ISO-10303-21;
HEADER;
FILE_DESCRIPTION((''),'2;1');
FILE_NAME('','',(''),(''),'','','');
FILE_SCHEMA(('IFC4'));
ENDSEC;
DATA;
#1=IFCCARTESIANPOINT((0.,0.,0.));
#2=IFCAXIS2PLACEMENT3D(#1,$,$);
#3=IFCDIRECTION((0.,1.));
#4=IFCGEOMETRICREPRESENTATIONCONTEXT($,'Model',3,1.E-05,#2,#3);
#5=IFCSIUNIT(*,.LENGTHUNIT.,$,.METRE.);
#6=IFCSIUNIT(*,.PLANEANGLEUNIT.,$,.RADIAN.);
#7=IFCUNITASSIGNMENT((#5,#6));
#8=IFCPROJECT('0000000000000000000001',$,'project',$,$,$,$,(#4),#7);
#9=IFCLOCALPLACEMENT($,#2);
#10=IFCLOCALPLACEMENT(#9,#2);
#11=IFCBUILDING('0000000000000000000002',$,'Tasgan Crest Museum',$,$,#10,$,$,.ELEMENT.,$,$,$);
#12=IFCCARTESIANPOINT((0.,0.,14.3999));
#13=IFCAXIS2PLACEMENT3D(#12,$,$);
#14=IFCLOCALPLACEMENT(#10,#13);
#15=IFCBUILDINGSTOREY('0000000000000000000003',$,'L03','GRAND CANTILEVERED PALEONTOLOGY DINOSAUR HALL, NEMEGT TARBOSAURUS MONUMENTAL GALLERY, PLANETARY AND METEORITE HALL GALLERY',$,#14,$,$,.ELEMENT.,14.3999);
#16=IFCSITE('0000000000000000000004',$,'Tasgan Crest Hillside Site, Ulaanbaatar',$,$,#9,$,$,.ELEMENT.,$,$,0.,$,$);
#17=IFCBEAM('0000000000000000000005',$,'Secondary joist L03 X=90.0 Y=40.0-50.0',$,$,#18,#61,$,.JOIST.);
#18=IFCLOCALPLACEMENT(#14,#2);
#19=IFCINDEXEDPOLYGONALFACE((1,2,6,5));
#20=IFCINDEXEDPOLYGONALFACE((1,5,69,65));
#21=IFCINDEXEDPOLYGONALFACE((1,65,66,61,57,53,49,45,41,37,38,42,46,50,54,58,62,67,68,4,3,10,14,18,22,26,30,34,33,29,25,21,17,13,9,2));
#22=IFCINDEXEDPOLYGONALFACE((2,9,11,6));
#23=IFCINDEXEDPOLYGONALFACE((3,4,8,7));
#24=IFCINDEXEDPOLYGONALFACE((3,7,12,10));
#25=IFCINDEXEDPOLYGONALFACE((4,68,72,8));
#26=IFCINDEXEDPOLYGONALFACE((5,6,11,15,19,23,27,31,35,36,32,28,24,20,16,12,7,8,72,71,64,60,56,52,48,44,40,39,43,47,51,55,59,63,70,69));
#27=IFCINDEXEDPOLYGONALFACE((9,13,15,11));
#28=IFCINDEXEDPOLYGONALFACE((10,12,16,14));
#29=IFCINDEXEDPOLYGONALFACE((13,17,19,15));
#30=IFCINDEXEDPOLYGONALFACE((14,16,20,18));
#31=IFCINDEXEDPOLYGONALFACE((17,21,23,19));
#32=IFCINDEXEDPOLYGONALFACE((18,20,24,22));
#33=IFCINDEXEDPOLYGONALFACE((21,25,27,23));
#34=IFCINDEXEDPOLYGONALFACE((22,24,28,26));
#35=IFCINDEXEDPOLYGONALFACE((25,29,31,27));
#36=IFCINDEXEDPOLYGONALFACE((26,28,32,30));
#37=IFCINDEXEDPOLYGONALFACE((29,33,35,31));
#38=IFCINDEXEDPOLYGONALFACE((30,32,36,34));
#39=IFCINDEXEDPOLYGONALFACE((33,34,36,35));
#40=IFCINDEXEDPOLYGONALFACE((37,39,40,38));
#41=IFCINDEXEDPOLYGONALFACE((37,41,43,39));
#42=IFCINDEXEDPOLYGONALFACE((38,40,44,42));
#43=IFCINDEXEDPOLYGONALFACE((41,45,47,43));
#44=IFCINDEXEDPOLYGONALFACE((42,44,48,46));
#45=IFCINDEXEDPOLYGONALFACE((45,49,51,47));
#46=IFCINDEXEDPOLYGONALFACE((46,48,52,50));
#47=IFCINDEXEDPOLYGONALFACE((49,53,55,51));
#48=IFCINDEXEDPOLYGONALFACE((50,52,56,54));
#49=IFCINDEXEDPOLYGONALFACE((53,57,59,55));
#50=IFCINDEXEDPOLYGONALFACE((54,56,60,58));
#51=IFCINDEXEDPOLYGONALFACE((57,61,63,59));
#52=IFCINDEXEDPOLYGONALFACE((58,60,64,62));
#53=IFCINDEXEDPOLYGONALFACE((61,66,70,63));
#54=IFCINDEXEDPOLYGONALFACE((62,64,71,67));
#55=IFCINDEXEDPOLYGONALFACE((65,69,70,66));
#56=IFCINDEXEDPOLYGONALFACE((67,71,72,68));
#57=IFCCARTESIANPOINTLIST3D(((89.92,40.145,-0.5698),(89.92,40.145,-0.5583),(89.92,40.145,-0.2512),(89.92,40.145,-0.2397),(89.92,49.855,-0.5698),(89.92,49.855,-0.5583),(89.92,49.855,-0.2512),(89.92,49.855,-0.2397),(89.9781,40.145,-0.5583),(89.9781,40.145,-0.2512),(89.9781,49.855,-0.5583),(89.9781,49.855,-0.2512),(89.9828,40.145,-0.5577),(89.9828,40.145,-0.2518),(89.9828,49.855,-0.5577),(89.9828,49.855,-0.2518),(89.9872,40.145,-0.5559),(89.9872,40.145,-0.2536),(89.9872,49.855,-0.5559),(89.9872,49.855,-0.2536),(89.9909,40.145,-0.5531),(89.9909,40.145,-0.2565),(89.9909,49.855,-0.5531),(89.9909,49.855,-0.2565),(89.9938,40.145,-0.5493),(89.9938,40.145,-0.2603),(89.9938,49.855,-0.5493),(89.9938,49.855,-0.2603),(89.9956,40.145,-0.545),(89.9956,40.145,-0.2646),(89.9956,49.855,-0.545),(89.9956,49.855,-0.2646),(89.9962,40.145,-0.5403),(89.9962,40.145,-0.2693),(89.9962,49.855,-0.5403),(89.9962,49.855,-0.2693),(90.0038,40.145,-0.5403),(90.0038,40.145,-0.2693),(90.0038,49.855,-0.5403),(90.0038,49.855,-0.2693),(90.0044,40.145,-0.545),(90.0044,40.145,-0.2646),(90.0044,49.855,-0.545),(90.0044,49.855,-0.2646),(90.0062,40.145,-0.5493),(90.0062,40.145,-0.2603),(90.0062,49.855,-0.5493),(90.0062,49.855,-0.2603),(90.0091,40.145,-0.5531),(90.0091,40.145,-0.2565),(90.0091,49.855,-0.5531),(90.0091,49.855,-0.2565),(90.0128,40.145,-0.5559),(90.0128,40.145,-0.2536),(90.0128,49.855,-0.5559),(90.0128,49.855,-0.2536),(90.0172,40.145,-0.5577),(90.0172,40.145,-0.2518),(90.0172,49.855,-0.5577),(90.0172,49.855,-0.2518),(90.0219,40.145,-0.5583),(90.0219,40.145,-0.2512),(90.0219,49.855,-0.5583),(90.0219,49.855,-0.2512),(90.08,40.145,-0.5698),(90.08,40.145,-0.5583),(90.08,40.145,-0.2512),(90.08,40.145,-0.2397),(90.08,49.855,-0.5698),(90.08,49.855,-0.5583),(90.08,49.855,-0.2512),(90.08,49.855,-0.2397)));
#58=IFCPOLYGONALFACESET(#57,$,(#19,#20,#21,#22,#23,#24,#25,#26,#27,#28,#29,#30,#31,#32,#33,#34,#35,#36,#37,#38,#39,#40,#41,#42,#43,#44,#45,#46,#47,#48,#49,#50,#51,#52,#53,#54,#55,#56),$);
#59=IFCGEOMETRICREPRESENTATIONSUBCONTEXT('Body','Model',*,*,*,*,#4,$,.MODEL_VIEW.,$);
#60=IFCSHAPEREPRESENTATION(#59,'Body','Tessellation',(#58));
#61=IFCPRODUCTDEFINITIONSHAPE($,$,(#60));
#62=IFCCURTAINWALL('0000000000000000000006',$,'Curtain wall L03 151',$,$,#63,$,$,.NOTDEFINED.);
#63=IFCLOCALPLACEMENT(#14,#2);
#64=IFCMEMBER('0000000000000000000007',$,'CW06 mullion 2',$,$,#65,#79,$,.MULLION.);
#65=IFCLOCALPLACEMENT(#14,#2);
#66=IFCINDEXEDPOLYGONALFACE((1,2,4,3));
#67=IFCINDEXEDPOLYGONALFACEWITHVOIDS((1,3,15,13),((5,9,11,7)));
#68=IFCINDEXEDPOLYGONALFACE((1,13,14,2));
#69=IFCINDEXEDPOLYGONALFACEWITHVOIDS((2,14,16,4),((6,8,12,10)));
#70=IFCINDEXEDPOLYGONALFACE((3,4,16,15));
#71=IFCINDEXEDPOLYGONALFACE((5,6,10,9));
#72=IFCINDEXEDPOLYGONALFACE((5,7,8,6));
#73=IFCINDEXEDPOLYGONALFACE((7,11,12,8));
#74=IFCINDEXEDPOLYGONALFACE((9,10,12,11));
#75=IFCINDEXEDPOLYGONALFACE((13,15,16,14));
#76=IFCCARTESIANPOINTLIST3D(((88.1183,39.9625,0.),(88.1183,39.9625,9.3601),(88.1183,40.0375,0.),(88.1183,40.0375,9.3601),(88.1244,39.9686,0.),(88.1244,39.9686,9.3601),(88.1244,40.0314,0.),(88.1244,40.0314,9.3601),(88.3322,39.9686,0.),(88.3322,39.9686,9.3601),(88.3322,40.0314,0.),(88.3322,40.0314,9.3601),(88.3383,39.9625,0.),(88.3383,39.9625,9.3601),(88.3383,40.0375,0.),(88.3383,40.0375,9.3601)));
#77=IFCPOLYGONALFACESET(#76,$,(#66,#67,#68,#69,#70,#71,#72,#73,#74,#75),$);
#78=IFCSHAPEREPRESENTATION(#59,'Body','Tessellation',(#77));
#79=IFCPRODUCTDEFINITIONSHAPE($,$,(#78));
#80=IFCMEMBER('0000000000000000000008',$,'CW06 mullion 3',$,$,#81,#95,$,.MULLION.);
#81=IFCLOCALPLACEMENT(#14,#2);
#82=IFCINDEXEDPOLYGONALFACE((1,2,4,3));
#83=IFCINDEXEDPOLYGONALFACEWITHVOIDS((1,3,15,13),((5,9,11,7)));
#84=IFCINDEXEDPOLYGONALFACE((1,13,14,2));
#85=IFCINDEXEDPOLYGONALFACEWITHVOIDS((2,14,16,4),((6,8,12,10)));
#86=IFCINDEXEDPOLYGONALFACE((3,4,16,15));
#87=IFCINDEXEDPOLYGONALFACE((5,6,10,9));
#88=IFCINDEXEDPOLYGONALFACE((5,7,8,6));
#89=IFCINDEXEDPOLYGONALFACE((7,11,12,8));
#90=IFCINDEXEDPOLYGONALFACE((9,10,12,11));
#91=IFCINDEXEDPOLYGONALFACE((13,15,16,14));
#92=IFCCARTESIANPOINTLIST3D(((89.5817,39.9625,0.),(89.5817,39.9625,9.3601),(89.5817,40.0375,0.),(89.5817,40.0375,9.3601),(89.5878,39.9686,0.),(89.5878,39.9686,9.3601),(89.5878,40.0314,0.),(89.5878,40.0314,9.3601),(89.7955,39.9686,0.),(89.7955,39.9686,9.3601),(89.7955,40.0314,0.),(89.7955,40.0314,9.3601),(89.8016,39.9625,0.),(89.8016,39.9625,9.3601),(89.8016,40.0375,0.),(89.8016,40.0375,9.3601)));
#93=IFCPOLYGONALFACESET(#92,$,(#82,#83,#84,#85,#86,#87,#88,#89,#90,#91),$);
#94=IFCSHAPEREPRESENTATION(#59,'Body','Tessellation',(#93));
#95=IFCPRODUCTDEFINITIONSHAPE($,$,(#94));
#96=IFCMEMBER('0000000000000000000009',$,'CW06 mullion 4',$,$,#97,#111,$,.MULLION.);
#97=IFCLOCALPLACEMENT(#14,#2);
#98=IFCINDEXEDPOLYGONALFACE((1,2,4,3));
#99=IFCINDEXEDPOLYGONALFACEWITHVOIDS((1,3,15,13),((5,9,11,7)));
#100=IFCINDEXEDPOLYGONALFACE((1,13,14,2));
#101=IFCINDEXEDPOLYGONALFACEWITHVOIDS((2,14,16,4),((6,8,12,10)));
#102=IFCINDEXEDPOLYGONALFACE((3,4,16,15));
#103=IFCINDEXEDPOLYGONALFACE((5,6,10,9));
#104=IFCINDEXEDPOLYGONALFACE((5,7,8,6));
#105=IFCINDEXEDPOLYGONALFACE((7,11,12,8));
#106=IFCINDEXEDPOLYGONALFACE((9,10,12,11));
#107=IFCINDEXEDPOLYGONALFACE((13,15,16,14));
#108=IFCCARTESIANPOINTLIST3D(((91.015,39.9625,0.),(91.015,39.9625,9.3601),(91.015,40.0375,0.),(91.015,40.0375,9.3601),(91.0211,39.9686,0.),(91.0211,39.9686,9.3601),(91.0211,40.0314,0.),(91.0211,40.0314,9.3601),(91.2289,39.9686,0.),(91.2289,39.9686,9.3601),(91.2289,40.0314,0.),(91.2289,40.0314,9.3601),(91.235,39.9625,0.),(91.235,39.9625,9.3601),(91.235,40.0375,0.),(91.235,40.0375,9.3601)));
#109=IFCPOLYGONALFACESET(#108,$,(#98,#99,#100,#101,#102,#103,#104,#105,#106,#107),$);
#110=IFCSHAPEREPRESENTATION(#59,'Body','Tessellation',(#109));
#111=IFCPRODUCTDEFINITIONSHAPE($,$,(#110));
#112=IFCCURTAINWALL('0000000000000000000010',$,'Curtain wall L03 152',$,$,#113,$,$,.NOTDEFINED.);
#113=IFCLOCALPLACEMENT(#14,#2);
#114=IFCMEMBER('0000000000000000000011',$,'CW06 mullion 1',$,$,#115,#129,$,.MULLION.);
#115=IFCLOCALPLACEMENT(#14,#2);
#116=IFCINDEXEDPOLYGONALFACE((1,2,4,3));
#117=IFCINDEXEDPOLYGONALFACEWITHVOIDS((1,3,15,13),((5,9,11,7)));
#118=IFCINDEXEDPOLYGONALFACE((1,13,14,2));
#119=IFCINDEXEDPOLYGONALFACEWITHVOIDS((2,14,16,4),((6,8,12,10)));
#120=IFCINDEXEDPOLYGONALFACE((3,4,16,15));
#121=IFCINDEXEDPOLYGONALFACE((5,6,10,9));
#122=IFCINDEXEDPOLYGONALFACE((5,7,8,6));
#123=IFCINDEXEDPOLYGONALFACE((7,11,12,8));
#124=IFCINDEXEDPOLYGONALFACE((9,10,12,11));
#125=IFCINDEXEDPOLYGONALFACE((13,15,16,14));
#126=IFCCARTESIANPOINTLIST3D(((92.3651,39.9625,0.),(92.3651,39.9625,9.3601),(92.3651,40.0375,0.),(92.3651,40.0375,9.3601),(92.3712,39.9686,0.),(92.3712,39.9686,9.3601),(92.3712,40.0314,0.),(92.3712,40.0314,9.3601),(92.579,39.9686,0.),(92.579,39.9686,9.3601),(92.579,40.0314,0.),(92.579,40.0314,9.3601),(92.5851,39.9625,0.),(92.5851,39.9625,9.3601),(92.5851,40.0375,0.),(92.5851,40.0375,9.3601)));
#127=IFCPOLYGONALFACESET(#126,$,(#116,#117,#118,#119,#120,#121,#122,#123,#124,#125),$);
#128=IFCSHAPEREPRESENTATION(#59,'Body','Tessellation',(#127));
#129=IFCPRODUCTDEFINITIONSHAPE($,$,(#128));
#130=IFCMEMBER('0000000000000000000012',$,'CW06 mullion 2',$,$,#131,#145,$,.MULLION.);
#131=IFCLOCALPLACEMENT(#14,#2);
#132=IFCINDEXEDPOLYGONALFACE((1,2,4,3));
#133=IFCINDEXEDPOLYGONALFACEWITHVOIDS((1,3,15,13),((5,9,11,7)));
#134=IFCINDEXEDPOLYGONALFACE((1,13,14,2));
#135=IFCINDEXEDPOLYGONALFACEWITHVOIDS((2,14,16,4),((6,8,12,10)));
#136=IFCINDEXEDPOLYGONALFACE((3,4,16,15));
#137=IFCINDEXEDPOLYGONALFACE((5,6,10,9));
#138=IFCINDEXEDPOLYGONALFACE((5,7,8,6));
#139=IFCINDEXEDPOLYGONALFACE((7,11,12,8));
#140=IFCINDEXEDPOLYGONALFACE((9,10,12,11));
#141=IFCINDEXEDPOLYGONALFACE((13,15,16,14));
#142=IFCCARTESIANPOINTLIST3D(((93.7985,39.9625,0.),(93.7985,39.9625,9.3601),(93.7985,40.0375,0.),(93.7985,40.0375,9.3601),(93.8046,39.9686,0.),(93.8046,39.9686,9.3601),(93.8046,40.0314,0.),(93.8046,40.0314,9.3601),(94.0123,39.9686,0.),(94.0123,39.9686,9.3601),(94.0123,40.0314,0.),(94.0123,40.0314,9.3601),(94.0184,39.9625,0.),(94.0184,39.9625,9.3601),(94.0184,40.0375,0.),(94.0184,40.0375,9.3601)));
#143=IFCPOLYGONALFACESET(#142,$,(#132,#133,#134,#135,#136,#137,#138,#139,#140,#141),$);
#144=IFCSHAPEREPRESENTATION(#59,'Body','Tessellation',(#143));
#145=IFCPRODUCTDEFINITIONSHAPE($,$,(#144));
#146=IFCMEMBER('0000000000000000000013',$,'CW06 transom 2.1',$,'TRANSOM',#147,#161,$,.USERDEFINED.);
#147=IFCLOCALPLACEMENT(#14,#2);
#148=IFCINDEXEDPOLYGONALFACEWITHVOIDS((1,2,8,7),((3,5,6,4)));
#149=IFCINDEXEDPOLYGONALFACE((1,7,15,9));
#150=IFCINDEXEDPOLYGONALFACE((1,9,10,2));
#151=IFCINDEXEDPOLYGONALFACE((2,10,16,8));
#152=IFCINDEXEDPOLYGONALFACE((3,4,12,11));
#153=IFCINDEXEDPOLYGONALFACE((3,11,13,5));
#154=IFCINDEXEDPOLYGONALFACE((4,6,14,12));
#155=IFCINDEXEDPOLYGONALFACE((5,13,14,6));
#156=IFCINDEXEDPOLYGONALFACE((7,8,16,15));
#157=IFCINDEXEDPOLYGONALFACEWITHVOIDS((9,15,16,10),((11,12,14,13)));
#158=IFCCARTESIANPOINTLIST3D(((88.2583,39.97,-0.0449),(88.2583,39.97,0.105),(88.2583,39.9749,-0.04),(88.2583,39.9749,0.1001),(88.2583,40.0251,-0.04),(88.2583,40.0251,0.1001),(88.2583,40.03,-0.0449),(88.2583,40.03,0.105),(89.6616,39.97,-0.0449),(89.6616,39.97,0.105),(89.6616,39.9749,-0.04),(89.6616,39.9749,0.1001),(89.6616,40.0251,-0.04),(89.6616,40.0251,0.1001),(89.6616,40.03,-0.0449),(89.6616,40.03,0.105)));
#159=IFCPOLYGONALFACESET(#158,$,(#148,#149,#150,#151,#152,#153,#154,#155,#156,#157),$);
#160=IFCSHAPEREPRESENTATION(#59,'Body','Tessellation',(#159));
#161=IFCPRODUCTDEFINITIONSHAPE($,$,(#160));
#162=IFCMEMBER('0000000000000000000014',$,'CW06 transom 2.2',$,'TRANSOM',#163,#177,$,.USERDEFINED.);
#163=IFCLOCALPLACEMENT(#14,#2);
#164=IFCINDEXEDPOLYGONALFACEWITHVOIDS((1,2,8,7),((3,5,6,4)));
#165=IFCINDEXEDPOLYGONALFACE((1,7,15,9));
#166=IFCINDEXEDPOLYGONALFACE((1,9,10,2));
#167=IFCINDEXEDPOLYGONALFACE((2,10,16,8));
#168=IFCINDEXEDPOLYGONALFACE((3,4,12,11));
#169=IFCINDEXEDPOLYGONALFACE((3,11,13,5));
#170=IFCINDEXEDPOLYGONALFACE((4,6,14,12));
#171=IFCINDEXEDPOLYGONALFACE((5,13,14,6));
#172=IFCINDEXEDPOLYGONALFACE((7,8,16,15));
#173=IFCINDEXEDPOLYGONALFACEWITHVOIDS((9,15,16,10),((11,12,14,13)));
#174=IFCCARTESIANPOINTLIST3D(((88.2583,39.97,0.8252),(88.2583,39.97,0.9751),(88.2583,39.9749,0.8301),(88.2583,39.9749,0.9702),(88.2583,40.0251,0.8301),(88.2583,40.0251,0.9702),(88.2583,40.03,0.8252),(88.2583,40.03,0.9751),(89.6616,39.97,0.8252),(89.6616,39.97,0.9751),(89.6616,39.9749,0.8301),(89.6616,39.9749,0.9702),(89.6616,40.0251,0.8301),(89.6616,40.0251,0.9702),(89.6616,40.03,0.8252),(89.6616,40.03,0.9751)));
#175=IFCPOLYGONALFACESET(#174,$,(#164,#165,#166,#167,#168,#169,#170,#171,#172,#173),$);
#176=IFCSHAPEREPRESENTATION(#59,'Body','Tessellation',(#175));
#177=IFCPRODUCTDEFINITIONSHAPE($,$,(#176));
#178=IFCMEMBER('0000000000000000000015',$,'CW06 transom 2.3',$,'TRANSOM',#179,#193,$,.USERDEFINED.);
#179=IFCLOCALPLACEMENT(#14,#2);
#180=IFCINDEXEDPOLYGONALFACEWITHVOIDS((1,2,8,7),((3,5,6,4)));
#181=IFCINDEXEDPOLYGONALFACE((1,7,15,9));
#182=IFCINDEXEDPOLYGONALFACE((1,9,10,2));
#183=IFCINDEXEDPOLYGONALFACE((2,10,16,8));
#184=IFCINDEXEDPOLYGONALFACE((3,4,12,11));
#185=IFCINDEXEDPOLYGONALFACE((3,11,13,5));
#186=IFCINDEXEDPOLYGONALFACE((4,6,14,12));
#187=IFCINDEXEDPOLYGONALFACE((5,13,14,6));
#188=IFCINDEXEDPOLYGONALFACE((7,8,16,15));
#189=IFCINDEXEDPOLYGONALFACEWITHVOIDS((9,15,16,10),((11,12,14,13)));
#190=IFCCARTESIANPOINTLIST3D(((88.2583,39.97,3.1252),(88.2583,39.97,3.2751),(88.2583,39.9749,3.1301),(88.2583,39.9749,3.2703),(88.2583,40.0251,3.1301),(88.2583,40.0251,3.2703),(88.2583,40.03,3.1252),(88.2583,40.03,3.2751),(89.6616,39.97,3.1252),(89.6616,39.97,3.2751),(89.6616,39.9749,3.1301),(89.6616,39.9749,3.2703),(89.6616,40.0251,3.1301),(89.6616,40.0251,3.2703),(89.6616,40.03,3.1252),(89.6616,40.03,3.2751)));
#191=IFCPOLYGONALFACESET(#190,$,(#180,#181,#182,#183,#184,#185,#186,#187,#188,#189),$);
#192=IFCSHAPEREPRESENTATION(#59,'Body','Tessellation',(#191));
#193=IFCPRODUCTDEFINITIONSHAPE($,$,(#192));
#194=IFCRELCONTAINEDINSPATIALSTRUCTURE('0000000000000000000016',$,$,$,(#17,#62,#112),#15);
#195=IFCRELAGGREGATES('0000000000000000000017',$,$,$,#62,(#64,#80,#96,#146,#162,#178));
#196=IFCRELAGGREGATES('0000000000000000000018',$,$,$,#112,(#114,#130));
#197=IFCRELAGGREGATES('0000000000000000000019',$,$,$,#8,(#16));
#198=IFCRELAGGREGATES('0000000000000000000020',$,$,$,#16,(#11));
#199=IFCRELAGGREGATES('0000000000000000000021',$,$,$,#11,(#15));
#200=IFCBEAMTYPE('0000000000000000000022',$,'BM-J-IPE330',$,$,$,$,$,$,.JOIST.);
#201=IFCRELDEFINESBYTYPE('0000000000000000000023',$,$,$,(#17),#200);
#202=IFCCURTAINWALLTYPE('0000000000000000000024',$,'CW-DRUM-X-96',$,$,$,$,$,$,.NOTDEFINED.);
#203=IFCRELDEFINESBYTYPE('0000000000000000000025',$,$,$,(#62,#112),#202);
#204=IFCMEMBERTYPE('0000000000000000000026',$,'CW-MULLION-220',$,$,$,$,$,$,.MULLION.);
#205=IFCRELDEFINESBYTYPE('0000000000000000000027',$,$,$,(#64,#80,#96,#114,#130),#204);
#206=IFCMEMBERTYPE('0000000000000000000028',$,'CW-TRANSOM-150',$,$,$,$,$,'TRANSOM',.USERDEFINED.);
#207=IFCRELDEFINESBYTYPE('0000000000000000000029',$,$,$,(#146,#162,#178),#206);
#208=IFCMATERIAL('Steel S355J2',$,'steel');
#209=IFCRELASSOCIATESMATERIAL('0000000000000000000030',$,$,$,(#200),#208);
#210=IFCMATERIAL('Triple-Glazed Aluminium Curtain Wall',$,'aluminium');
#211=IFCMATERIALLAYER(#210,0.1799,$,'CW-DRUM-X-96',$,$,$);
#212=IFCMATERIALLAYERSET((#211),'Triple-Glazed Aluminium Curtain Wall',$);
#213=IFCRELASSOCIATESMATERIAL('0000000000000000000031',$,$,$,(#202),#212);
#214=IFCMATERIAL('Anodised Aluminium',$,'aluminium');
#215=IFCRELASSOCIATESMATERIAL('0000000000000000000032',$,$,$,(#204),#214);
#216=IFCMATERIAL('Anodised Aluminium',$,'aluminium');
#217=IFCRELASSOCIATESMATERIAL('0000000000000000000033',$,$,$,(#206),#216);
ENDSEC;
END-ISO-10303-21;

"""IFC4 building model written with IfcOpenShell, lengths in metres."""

from ifc_helpers import new_model, si_unit, direction, frame, origin, origin_2d, place, context, subcontext, project, spatial, hollow_rectangle, i_section, extrude, material, layer, layer_set, material_profile, profile_set, type_object, element, aggregate, save


model = new_model("IFC4")

# Units and contexts
model_context = context("Model", 3, precision=1e-05, world=origin(), true_north=direction((0.0, 1.0)))
body_context = subcontext(model_context, "Body", "Model", "MODEL_VIEW")
ifc_project = project(units=[si_unit("LENGTHUNIT", "METRE"), si_unit("PLANEANGLEUNIT", "RADIAN")], contexts=[model_context])

# Site, building, storey
site_placement = place(None, origin())
site = spatial("IfcSite", under=ifc_project, at=site_placement, Name="Tasgan Crest Hillside Site, Ulaanbaatar", CompositionType="ELEMENT", RefElevation=0.0)
building_placement = place(site_placement, origin())
building = spatial("IfcBuilding", under=site, at=building_placement, Name="Tasgan Crest Museum", CompositionType="ELEMENT")
storey_placement = place(building_placement, frame((0.0, 0.0, 14.3999)))
storey = spatial("IfcBuildingStorey", under=building, at=storey_placement, Name="L03", Description="GRAND CANTILEVERED PALEONTOLOGY DINOSAUR HALL, NEMEGT TARBOSAURUS MONUMENTAL GALLERY, PLANETARY AND METEORITE HALL GALLERY", CompositionType="ELEMENT", Elevation=14.3999)

# Beam
ifc_material_1 = material(Name="Steel S355J2", Category="steel")
ifc_material_profile_1 = material_profile(ifc_material_1, i_section(OverallWidth=0.1599, OverallDepth=0.3301, WebThickness=0.0076, FlangeThickness=0.0115, FilletRadius=0.0181, at=origin_2d()), Name="IPE 330")
ifc_profile_set_1 = profile_set([ifc_material_profile_1], Name="Steel S355J2")
beam_type = type_object("IfcBeamType", Name="BM-J-IPE330", PredefinedType="JOIST", material=ifc_profile_set_1)
beam_placement = place(storey_placement, frame((90.0, 40.145, -0.4048), z_axis=(0.0, 1.0, 0.0), x_axis=(-1.0, 0.0, 0.0)))
element("IfcBeam", 1, at=beam_placement, inside=storey, type_object=beam_type, Name="Secondary joist L03 X=90.0 Y=40.0-50.0", PredefinedType="JOIST", context=body_context, shape_type="SweptSolid", body=[
    extrude(i_section(OverallWidth=0.1599, OverallDepth=0.3301, WebThickness=0.0076, FlangeThickness=0.0115, FilletRadius=0.0181, at=origin_2d()), origin(), (0.0, 0.0, 1.0), 9.71),
])

# Curtain walls, members
ifc_material_2 = material(Name="Triple-Glazed Aluminium Curtain Wall", Category="aluminium")
ifc_layer_1 = layer(ifc_material_2, 0.1799, Name="CW-DRUM-X-96")
ifc_layer_set_1 = layer_set([ifc_layer_1], Name="Triple-Glazed Aluminium Curtain Wall")
curtain_wall_type = type_object("IfcCurtainWallType", Name="CW-DRUM-X-96", PredefinedType="NOTDEFINED", material=ifc_layer_set_1)
curtain_wall_1_placement = place(storey_placement, origin())
curtain_wall_1 = element("IfcCurtainWall", 2, at=curtain_wall_1_placement, inside=storey, type_object=curtain_wall_type, Name="Curtain wall L03 151", PredefinedType="NOTDEFINED")
ifc_material_3 = material(Name="Anodised Aluminium", Category="aluminium")
ifc_material_profile_2 = material_profile(ifc_material_3, hollow_rectangle(XDim=0.075, YDim=0.22, WallThickness=0.0061, at=origin_2d()), Name="ALU MULLION 220x75x6")
ifc_profile_set_2 = profile_set([ifc_material_profile_2], Name="Anodised Aluminium")
member_type_1 = type_object("IfcMemberType", Name="CW-MULLION-220", PredefinedType="MULLION", material=ifc_profile_set_2)
member_1_placement = place(storey_placement, frame((88.2283, 40.0, 0.0), z_axis=(0.0, 0.0, 1.0), x_axis=(0.0, 1.0, 0.0)))
member_1 = element("IfcMember", 3, at=member_1_placement, type_object=member_type_1, Name="CW06 mullion 2", PredefinedType="MULLION", context=body_context, shape_type="SweptSolid", body=[
    extrude(hollow_rectangle(XDim=0.075, YDim=0.22, WallThickness=0.0061, at=origin_2d()), origin(), (0.0, 0.0, 1.0), 9.3601),
])
member_2_placement = place(storey_placement, frame((89.6917, 40.0, 0.0), z_axis=(0.0, 0.0, 1.0), x_axis=(0.0, 1.0, 0.0)))
member_2 = element("IfcMember", 4, at=member_2_placement, type_object=member_type_1, Name="CW06 mullion 3", PredefinedType="MULLION", context=body_context, shape_type="SweptSolid", body=[
    extrude(hollow_rectangle(XDim=0.075, YDim=0.22, WallThickness=0.0061, at=origin_2d()), origin(), (0.0, 0.0, 1.0), 9.3601),
])
member_3_placement = place(storey_placement, frame((91.125, 40.0, 0.0), z_axis=(0.0, 0.0, 1.0), x_axis=(0.0, 1.0, 0.0)))
member_3 = element("IfcMember", 5, at=member_3_placement, type_object=member_type_1, Name="CW06 mullion 4", PredefinedType="MULLION", context=body_context, shape_type="SweptSolid", body=[
    extrude(hollow_rectangle(XDim=0.075, YDim=0.22, WallThickness=0.0061, at=origin_2d()), origin(), (0.0, 0.0, 1.0), 9.3601),
])
curtain_wall_2_placement = place(storey_placement, origin())
curtain_wall_2 = element("IfcCurtainWall", 6, at=curtain_wall_2_placement, inside=storey, type_object=curtain_wall_type, Name="Curtain wall L03 152", PredefinedType="NOTDEFINED")
member_4_placement = place(storey_placement, frame((92.4751, 40.0, 0.0), z_axis=(0.0, 0.0, 1.0), x_axis=(0.0, 1.0, 0.0)))
member_4 = element("IfcMember", 7, at=member_4_placement, type_object=member_type_1, Name="CW06 mullion 1", PredefinedType="MULLION", context=body_context, shape_type="SweptSolid", body=[
    extrude(hollow_rectangle(XDim=0.075, YDim=0.22, WallThickness=0.0061, at=origin_2d()), origin(), (0.0, 0.0, 1.0), 9.3601),
])
member_5_placement = place(storey_placement, frame((93.9084, 40.0, 0.0), z_axis=(0.0, 0.0, 1.0), x_axis=(0.0, 1.0, 0.0)))
member_5 = element("IfcMember", 8, at=member_5_placement, type_object=member_type_1, Name="CW06 mullion 2", PredefinedType="MULLION", context=body_context, shape_type="SweptSolid", body=[
    extrude(hollow_rectangle(XDim=0.075, YDim=0.22, WallThickness=0.0061, at=origin_2d()), origin(), (0.0, 0.0, 1.0), 9.3601),
])

# Members
ifc_material_4 = material(Name="Anodised Aluminium", Category="aluminium")
ifc_material_profile_3 = material_profile(ifc_material_4, hollow_rectangle(XDim=0.0601, YDim=0.1499, WallThickness=0.0049, at=origin_2d()), Name="ALU TRANSOM 150x60x5")
ifc_profile_set_3 = profile_set([ifc_material_profile_3], Name="Anodised Aluminium")
member_type_2 = type_object("IfcMemberType", Name="CW-TRANSOM-150", ElementType="TRANSOM", PredefinedType="USERDEFINED", material=ifc_profile_set_3)
member_6_placement = place(storey_placement, frame((88.2583, 40.0, 0.03), z_axis=(1.0, 0.0, 0.0), x_axis=(0.0, 1.0, 0.0)))
member_6 = element("IfcMember", 9, at=member_6_placement, type_object=member_type_2, Name="CW06 transom 2.1", ObjectType="TRANSOM", PredefinedType="USERDEFINED", context=body_context, shape_type="SweptSolid", body=[
    extrude(hollow_rectangle(XDim=0.0601, YDim=0.1499, WallThickness=0.0049, at=origin_2d()), origin(), (0.0, 0.0, 1.0), 1.4033),
])
member_7_placement = place(storey_placement, frame((88.2583, 40.0, 0.9001), z_axis=(1.0, 0.0, 0.0), x_axis=(0.0, 1.0, 0.0)))
member_7 = element("IfcMember", 10, at=member_7_placement, type_object=member_type_2, Name="CW06 transom 2.2", ObjectType="TRANSOM", PredefinedType="USERDEFINED", context=body_context, shape_type="SweptSolid", body=[
    extrude(hollow_rectangle(XDim=0.0601, YDim=0.1499, WallThickness=0.0049, at=origin_2d()), origin(), (0.0, 0.0, 1.0), 1.4033),
])
member_8_placement = place(storey_placement, frame((88.2583, 40.0, 3.2002), z_axis=(1.0, 0.0, 0.0), x_axis=(0.0, 1.0, 0.0)))
member_8 = element("IfcMember", 11, at=member_8_placement, type_object=member_type_2, Name="CW06 transom 2.3", ObjectType="TRANSOM", PredefinedType="USERDEFINED", context=body_context, shape_type="SweptSolid", body=[
    extrude(hollow_rectangle(XDim=0.0601, YDim=0.1499, WallThickness=0.0049, at=origin_2d()), origin(), (0.0, 0.0, 1.0), 1.4033),
])

aggregate(curtain_wall_1, [member_1, member_2, member_3, member_6, member_7, member_8])
aggregate(curtain_wall_2, [member_4, member_5])

save(model, "model.ifc")
